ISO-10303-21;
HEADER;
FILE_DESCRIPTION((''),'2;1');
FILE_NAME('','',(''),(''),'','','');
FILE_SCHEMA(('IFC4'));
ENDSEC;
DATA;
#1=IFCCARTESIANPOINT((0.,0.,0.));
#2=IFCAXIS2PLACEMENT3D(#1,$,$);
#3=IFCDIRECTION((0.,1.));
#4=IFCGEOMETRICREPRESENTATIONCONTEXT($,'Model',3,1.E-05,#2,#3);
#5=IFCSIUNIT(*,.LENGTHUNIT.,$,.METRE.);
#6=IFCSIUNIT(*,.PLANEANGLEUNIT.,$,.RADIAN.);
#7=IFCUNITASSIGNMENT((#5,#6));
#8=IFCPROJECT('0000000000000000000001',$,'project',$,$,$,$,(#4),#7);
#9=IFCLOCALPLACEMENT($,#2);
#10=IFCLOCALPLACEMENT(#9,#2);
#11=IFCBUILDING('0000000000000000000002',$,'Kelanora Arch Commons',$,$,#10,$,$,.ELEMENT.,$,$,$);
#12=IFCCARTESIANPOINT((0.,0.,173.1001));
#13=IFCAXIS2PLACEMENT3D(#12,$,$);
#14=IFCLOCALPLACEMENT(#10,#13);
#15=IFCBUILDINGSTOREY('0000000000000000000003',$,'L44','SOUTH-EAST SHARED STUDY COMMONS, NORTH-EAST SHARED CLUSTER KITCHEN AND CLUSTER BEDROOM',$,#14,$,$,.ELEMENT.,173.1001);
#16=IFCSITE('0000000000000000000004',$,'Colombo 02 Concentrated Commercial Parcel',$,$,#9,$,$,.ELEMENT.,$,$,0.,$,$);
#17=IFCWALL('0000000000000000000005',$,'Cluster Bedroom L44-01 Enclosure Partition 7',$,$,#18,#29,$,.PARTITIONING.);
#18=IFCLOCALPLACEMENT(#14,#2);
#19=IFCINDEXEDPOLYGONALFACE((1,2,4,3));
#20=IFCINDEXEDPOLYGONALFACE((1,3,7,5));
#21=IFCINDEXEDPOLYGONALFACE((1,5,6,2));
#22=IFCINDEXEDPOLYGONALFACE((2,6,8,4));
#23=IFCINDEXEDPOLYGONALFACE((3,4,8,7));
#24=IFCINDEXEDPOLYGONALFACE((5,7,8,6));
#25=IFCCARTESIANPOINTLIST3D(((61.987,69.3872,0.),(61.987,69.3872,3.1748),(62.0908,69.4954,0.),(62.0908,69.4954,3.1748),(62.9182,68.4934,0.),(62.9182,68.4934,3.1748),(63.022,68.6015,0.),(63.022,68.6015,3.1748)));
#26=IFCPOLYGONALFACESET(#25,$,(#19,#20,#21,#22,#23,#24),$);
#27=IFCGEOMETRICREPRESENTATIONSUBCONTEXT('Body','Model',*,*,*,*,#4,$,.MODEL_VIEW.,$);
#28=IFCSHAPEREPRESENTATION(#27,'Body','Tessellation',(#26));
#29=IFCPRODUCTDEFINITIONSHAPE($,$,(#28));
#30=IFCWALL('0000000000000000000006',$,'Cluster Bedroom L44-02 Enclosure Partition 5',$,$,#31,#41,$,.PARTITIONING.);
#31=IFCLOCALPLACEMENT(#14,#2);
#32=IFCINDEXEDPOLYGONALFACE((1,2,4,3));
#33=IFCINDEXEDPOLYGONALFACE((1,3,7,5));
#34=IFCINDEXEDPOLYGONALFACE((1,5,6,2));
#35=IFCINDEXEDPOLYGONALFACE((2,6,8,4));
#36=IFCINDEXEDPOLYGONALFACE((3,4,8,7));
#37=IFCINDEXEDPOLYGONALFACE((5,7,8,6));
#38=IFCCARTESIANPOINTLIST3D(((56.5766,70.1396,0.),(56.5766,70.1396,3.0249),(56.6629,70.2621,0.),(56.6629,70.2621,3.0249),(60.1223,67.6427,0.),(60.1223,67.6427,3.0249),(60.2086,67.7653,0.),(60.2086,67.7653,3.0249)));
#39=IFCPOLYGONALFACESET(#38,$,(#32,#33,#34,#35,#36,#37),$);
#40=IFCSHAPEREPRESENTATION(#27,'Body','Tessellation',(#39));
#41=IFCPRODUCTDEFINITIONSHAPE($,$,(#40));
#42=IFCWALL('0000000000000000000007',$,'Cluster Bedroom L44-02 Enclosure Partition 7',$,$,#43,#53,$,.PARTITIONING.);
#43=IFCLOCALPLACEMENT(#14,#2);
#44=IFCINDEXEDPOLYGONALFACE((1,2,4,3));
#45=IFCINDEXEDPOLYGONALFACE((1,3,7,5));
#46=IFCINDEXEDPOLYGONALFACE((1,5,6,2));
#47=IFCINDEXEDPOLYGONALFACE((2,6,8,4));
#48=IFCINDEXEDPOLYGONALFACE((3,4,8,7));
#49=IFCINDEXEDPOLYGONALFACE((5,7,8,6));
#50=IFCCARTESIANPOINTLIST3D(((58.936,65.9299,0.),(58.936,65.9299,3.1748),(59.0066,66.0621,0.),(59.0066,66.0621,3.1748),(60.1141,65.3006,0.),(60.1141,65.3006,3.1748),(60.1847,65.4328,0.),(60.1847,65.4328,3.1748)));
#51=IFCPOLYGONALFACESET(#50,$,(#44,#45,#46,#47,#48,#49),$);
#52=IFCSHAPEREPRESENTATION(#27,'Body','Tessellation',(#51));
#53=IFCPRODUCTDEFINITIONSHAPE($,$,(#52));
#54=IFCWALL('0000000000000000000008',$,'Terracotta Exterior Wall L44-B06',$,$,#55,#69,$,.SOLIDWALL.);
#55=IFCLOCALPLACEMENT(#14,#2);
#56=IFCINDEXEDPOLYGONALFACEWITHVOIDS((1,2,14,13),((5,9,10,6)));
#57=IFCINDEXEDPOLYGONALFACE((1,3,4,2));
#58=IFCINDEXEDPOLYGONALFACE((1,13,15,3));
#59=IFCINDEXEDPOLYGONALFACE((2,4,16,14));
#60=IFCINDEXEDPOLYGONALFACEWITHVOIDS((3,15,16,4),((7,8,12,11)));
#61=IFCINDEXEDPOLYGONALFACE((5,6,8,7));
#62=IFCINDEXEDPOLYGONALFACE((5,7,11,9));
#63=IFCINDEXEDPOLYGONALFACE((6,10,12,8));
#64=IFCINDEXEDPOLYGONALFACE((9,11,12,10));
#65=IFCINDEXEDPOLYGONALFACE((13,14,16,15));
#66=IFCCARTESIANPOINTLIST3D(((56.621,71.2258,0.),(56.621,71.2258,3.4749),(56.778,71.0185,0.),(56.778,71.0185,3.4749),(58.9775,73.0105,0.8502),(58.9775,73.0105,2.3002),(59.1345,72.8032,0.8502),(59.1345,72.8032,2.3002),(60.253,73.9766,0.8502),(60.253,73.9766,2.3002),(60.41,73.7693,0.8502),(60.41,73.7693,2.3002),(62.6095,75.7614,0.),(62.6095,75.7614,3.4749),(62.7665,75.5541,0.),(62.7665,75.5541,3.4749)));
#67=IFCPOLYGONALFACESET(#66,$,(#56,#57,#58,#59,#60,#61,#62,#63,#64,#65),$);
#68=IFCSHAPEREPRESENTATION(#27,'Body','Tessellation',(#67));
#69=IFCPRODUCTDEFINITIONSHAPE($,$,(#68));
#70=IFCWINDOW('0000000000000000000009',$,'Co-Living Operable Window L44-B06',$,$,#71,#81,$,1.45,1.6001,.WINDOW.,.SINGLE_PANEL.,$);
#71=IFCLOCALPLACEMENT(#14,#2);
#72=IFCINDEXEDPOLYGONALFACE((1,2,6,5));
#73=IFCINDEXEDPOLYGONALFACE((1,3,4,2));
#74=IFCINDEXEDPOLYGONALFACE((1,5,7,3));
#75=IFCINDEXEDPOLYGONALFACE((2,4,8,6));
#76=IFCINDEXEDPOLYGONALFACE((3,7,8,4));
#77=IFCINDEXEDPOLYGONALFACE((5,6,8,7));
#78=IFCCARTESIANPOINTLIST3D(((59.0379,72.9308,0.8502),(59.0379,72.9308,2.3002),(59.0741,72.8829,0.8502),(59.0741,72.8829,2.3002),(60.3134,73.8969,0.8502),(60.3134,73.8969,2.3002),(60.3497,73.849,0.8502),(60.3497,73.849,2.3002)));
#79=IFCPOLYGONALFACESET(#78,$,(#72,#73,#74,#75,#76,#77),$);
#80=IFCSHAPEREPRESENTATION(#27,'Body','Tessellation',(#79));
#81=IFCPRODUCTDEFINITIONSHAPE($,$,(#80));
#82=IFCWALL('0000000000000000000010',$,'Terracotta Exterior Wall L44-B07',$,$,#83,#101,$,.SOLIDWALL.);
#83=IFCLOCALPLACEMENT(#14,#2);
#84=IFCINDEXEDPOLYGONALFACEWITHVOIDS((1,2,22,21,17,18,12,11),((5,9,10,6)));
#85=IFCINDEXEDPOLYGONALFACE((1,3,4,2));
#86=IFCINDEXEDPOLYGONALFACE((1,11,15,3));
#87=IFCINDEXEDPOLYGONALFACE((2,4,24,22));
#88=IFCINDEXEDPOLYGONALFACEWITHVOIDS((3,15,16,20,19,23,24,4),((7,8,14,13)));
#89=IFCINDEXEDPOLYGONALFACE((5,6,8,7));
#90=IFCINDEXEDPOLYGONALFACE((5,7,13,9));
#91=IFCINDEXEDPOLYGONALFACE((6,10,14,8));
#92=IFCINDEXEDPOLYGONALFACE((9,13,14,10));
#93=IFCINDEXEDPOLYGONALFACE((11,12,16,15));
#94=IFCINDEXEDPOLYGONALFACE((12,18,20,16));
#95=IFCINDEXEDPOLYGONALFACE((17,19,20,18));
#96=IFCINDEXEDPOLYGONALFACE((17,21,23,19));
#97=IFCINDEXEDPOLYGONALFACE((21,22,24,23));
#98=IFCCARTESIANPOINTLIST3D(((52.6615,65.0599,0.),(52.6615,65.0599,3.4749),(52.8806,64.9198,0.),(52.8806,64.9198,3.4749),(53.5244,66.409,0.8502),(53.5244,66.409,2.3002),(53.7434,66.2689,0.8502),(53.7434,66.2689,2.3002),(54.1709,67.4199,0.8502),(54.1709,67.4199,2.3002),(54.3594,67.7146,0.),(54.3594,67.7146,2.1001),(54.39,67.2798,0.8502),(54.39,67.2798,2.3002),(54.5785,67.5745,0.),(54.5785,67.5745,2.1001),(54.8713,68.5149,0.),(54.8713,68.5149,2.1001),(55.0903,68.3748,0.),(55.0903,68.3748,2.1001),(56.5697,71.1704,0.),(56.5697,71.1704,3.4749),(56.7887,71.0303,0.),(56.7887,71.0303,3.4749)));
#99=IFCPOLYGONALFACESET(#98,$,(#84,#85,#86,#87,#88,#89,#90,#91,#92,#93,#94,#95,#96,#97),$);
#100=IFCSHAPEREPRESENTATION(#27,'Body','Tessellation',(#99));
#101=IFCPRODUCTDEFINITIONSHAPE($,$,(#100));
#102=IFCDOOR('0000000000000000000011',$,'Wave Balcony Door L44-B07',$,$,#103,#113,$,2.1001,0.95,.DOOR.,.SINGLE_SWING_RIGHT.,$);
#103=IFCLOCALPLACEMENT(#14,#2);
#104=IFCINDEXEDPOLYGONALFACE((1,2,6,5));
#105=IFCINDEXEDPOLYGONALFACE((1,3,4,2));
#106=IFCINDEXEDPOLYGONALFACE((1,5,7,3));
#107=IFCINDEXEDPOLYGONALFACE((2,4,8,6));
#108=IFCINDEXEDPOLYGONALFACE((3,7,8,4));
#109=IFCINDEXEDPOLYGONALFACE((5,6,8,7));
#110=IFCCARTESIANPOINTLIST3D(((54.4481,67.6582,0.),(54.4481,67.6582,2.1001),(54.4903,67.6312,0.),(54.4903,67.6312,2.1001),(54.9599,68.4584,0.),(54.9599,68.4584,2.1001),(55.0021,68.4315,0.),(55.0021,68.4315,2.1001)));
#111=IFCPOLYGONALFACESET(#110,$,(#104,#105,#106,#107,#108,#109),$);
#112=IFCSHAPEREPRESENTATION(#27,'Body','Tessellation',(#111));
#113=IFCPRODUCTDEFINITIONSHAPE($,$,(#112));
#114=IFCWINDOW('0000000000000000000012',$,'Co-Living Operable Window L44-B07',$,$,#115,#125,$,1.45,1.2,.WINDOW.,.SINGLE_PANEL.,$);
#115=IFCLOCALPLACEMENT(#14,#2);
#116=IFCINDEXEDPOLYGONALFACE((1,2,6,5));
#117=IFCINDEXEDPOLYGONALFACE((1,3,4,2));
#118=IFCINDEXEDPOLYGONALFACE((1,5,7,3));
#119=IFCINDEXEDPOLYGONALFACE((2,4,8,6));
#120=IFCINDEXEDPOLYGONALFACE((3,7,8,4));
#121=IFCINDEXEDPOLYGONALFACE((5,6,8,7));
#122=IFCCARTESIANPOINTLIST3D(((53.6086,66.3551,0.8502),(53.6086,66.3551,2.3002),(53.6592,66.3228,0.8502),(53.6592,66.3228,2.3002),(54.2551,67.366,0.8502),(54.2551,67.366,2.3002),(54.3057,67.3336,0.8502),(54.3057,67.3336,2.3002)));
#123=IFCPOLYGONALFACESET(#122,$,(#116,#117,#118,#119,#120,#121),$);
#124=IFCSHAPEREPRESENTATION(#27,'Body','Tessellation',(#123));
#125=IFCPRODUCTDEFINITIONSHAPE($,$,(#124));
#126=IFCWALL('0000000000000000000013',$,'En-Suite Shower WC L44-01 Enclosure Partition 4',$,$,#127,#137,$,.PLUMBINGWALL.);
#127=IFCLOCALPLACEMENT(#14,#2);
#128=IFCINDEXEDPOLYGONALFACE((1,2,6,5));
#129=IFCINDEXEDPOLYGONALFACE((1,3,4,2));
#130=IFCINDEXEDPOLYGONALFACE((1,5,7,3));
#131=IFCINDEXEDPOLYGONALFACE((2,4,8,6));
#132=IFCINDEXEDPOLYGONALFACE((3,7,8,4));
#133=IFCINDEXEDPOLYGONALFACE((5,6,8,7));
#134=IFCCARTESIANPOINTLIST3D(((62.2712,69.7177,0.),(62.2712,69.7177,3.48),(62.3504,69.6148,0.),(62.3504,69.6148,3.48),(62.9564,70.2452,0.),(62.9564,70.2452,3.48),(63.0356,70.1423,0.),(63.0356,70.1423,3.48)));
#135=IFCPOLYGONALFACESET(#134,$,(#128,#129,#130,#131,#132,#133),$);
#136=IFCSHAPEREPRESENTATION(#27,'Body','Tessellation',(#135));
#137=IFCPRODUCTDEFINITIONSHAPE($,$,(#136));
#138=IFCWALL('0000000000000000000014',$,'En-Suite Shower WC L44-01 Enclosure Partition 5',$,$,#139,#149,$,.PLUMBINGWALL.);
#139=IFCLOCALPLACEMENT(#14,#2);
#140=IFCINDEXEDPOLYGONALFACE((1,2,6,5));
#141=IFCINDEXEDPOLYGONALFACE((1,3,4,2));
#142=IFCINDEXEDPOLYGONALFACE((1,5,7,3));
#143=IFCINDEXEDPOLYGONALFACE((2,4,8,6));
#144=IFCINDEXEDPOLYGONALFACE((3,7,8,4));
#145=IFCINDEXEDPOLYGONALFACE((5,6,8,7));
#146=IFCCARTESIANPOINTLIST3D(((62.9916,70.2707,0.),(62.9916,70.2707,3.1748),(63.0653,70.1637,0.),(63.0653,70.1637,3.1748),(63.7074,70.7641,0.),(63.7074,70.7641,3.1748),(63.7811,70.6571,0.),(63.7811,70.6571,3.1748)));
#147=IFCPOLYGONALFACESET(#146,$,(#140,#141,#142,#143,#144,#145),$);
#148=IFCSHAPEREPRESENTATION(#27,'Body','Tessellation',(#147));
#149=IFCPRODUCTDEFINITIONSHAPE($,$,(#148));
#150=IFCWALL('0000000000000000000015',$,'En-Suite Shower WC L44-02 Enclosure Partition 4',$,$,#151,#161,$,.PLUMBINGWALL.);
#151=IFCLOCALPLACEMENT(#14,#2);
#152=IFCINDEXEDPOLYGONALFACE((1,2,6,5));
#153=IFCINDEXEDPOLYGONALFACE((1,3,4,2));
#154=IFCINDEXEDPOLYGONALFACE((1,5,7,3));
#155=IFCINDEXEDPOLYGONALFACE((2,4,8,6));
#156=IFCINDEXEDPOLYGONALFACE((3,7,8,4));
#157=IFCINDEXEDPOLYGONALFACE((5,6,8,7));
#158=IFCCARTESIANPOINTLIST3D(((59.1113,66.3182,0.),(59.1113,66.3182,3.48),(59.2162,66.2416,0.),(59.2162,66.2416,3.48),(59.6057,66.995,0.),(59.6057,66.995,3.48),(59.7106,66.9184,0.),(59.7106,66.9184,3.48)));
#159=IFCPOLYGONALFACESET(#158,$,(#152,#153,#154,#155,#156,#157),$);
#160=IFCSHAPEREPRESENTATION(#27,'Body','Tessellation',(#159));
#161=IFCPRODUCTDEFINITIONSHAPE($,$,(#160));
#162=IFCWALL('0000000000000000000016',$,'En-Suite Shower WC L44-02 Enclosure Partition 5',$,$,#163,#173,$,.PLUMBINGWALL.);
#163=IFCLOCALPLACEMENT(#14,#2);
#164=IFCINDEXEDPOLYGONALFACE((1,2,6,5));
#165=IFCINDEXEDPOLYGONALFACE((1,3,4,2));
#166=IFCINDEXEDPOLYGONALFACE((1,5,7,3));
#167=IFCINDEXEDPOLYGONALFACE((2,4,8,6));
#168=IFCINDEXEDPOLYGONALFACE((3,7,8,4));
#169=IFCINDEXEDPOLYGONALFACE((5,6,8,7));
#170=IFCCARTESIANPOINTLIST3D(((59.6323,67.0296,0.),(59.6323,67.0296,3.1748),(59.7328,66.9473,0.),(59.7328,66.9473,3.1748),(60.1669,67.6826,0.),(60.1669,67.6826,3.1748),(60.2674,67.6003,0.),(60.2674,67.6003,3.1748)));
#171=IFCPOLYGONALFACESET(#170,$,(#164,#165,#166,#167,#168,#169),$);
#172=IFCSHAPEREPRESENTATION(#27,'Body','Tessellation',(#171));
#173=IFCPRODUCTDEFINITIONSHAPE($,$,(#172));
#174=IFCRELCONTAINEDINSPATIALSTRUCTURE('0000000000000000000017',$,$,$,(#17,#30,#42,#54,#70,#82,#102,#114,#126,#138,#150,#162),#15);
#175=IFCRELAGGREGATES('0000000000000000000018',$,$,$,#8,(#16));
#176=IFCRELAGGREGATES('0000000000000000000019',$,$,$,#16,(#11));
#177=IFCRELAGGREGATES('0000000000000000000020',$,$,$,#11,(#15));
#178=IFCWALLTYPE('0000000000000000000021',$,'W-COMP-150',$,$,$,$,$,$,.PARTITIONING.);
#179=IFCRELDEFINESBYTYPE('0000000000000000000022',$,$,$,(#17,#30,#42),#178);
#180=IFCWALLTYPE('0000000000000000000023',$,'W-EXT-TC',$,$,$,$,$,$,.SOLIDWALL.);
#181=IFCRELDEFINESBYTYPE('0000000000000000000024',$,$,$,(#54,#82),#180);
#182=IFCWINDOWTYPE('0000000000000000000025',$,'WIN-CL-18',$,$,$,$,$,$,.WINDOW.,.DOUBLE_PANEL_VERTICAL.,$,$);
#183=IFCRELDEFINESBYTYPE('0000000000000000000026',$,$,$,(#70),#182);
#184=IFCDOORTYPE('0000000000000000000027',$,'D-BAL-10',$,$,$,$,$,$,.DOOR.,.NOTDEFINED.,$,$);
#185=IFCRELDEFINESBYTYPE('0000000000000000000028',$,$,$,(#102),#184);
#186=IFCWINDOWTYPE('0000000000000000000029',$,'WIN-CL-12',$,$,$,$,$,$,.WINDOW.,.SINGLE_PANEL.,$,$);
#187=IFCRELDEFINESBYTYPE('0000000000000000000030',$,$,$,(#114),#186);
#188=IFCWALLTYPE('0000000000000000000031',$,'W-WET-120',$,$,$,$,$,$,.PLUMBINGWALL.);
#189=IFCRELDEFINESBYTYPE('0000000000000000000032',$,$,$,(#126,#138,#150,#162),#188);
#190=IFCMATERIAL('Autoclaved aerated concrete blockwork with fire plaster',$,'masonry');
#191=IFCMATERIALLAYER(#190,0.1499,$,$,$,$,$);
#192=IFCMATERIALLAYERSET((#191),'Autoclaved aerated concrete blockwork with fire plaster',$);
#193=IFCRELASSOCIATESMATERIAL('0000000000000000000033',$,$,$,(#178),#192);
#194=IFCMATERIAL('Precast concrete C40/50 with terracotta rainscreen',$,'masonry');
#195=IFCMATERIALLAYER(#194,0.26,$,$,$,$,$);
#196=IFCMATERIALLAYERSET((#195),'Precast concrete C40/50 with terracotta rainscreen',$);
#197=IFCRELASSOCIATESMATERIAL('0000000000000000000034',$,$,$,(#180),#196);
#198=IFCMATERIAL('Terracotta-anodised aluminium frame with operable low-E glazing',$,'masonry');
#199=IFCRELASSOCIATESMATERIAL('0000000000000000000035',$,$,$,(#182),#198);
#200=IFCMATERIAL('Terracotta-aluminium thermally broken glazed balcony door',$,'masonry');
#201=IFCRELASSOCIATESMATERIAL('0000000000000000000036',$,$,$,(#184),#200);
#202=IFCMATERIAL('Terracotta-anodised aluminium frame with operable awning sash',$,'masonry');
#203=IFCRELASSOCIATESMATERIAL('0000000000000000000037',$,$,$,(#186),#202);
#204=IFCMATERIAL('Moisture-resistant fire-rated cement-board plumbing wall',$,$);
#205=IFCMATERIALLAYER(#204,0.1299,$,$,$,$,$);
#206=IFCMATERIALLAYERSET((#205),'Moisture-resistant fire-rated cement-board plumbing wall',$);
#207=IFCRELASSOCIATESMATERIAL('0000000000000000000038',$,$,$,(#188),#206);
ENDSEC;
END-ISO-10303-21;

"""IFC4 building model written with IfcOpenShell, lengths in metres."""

from ifc_helpers import new_model, si_unit, direction, frame, frame_2d, origin, place, context, subcontext, project, spatial, rectangle, extrude, material, layer, layer_set, type_object, element, fill, save


model = new_model("IFC4")

# Units and contexts
model_context = context("Model", 3, precision=1e-05, world=origin(), true_north=direction((0.0, 1.0)))
body_context = subcontext(model_context, "Body", "Model", "MODEL_VIEW")
ifc_project = project(units=[si_unit("LENGTHUNIT", "METRE"), si_unit("PLANEANGLEUNIT", "RADIAN")], contexts=[model_context])

# Site, building, storey
site_placement = place(None, origin())
site = spatial("IfcSite", under=ifc_project, at=site_placement, Name="Colombo 02 Concentrated Commercial Parcel", CompositionType="ELEMENT", RefElevation=0.0)
building_placement = place(site_placement, origin())
building = spatial("IfcBuilding", under=site, at=building_placement, Name="Kelanora Arch Commons", CompositionType="ELEMENT")
storey_placement = place(building_placement, frame((0.0, 0.0, 173.1001)))
storey = spatial("IfcBuildingStorey", under=building, at=storey_placement, Name="L44", Description="SOUTH-EAST SHARED STUDY COMMONS, NORTH-EAST SHARED CLUSTER KITCHEN AND CLUSTER BEDROOM", CompositionType="ELEMENT", Elevation=173.1001)

# Walls
ifc_material_1 = material(Name="Autoclaved aerated concrete blockwork with fire plaster", Category="masonry")
ifc_layer_1 = layer(ifc_material_1, 0.1499)
ifc_layer_set_1 = layer_set([ifc_layer_1], Name="Autoclaved aerated concrete blockwork with fire plaster")
wall_type_1 = type_object("IfcWallType", Name="W-COMP-150", PredefinedType="PARTITIONING", material=ifc_layer_set_1)
wall_1_placement = place(storey_placement, frame((62.0388, 69.4414, 0.0), z_axis=(0.0, 0.0, 1.0), x_axis=(0.721429, -0.692489, 0.0)))
element("IfcWall", 1, at=wall_1_placement, inside=storey, type_object=wall_type_1, Name="Cluster Bedroom L44-01 Enclosure Partition 7", PredefinedType="PARTITIONING", context=body_context, shape_type="SweptSolid", body=[
    extrude(rectangle(XDim=1.2908, YDim=0.1499, at=frame_2d((0.6455, 0.0))), origin(), (0.0, 0.0, 1.0), 3.1748),
])
wall_2_placement = place(storey_placement, frame((56.6196, 70.2009, 0.0), z_axis=(0.0, 0.0, 1.0), x_axis=(0.817618, -0.575761, 0.0)))
element("IfcWall", 2, at=wall_2_placement, inside=storey, type_object=wall_type_1, Name="Cluster Bedroom L44-02 Enclosure Partition 5", PredefinedType="PARTITIONING", context=body_context, shape_type="SweptSolid", body=[
    extrude(rectangle(XDim=4.3367, YDim=0.1499, at=frame_2d((2.1685, 0.0))), origin(), (0.0, 0.0, 1.0), 3.0249),
])
wall_3_placement = place(storey_placement, frame((58.9712, 65.9961, 0.0), z_axis=(0.0, 0.0, 1.0), x_axis=(0.882039, -0.471176, 0.0)))
element("IfcWall", 3, at=wall_3_placement, inside=storey, type_object=wall_type_1, Name="Cluster Bedroom L44-02 Enclosure Partition 7", PredefinedType="PARTITIONING", context=body_context, shape_type="SweptSolid", body=[
    extrude(rectangle(XDim=1.3357, YDim=0.1499, at=frame_2d((0.668, 0.0))), origin(), (0.0, 0.0, 1.0), 3.1748),
])

# Wall, opening, window
ifc_material_2 = material(Name="Precast concrete C40/50 with terracotta rainscreen", Category="masonry")
ifc_layer_2 = layer(ifc_material_2, 0.26)
ifc_layer_set_2 = layer_set([ifc_layer_2], Name="Precast concrete C40/50 with terracotta rainscreen")
wall_type_2 = type_object("IfcWallType", Name="W-EXT-TC", PredefinedType="SOLIDWALL", material=ifc_layer_set_2)
wall_4_placement = place(storey_placement, frame((62.688, 75.6577, 0.0), z_axis=(0.0, 0.0, 1.0), x_axis=(-0.797164, -0.603763, 0.0)))
wall_4 = element("IfcWall", 4, at=wall_4_placement, inside=storey, type_object=wall_type_2, Name="Terracotta Exterior Wall L44-B06", PredefinedType="SOLIDWALL", context=body_context, shape_type="SweptSolid", body=[
    extrude(rectangle(XDim=7.5122, YDim=0.26, at=frame_2d((3.7561, 0.0))), origin(), (0.0, 0.0, 1.0), 3.4749),
])
opening_1_placement = place(wall_4_placement, frame((2.9561, 0.0, 0.8501)))
opening_1 = element("IfcOpeningElement", 5, at=opening_1_placement, cuts=wall_4, PredefinedType="OPENING", context=body_context, shape_type="SweptSolid", body=[
    extrude(rectangle(XDim=1.6001, YDim=1.45, at=frame_2d((0.8, 0.7251))), frame((0.0, 0.1401, 0.0), z_axis=(0.0, -1.0, 0.0), x_axis=(1.0, 0.0, 0.0)), (0.0, 0.0, 1.0), 0.28),
])
ifc_material_3 = material(Name="Terracotta-anodised aluminium frame with operable low-E glazing", Category="masonry")
window_type_1 = type_object("IfcWindowType", Name="WIN-CL-18", PartitioningType="DOUBLE_PANEL_VERTICAL", PredefinedType="WINDOW", material=ifc_material_3)
window_1_placement = place(opening_1_placement, origin())
window_1 = element("IfcWindow", 6, at=window_1_placement, inside=storey, type_object=window_type_1, Name="Co-Living Operable Window L44-B06", OverallHeight=1.45, OverallWidth=1.6001, PartitioningType="SINGLE_PANEL", PredefinedType="WINDOW", context=body_context, shape_type="SweptSolid", body=[
    extrude(rectangle(XDim=1.6001, YDim=1.45, at=frame_2d((0.8, 0.7251))), frame((0.0, 0.03, 0.0), z_axis=(0.0, -1.0, 0.0), x_axis=(1.0, 0.0, 0.0)), (0.0, 0.0, 1.0), 0.0601),
])
fill(opening_1, window_1)

# Wall, openings, door, window
wall_5_placement = place(storey_placement, frame((56.6792, 71.1003, 0.0), z_axis=(0.0, 0.0, 1.0), x_axis=(-0.538802, -0.842433, 0.0)))
wall_5 = element("IfcWall", 7, at=wall_5_placement, inside=storey, type_object=wall_type_2, Name="Terracotta Exterior Wall L44-B07", PredefinedType="SOLIDWALL", context=body_context, shape_type="SweptSolid", body=[
    extrude(rectangle(XDim=7.2534, YDim=0.26, at=frame_2d((3.6267, 0.0))), origin(), (0.0, 0.0, 1.0), 3.4749),
])
opening_2_placement = place(wall_5_placement, frame((3.1521, 0.0, 0.0)))
opening_2 = element("IfcOpeningElement", 8, at=opening_2_placement, cuts=wall_5, PredefinedType="OPENING", context=body_context, shape_type="SweptSolid", body=[
    extrude(rectangle(XDim=0.95, YDim=2.1001, at=frame_2d((0.4751, 1.05))), frame((0.0, 0.1401, 0.0), z_axis=(0.0, -1.0, 0.0), x_axis=(1.0, 0.0, 0.0)), (0.0, 0.0, 1.0), 0.28),
])
opening_3_placement = place(wall_5_placement, frame((4.4519, 0.0, 0.8501)))
opening_3 = element("IfcOpeningElement", 9, at=opening_3_placement, cuts=wall_5, PredefinedType="OPENING", context=body_context, shape_type="SweptSolid", body=[
    extrude(rectangle(XDim=1.2, YDim=1.45, at=frame_2d((0.6001, 0.7251))), frame((0.0, 0.1401, 0.0), z_axis=(0.0, -1.0, 0.0), x_axis=(1.0, 0.0, 0.0)), (0.0, 0.0, 1.0), 0.28),
])
ifc_material_4 = material(Name="Terracotta-aluminium thermally broken glazed balcony door", Category="masonry")
door_type = type_object("IfcDoorType", Name="D-BAL-10", OperationType="NOTDEFINED", PredefinedType="DOOR", material=ifc_material_4)
door_placement = place(opening_2_placement, frame((0.95, 0.0, 0.0), z_axis=(0.0, 0.0, 1.0), x_axis=(-1.0, 0.0, 0.0)))
door = element("IfcDoor", 10, at=door_placement, inside=storey, type_object=door_type, Name="Wave Balcony Door L44-B07", OperationType="SINGLE_SWING_RIGHT", OverallHeight=2.1001, OverallWidth=0.95, PredefinedType="DOOR", context=body_context, shape_type="SweptSolid", body=[
    extrude(rectangle(XDim=0.95, YDim=2.1001, at=frame_2d((0.4751, 1.05))), frame((0.0, 0.0249, 0.0), z_axis=(0.0, -1.0, 0.0), x_axis=(1.0, 0.0, 0.0)), (0.0, 0.0, 1.0), 0.05),
])
fill(opening_2, door)
ifc_material_5 = material(Name="Terracotta-anodised aluminium frame with operable awning sash", Category="masonry")
window_type_2 = type_object("IfcWindowType", Name="WIN-CL-12", PartitioningType="SINGLE_PANEL", PredefinedType="WINDOW", material=ifc_material_5)
window_2_placement = place(opening_3_placement, origin())
window_2 = element("IfcWindow", 11, at=window_2_placement, inside=storey, type_object=window_type_2, Name="Co-Living Operable Window L44-B07", OverallHeight=1.45, OverallWidth=1.2, PartitioningType="SINGLE_PANEL", PredefinedType="WINDOW", context=body_context, shape_type="SweptSolid", body=[
    extrude(rectangle(XDim=1.2, YDim=1.45, at=frame_2d((0.6001, 0.7251))), frame((0.0, 0.03, 0.0), z_axis=(0.0, -1.0, 0.0), x_axis=(1.0, 0.0, 0.0)), (0.0, 0.0, 1.0), 0.0601),
])
fill(opening_3, window_2)

# Walls
ifc_material_6 = material(Name="Moisture-resistant fire-rated cement-board plumbing wall")
ifc_layer_3 = layer(ifc_material_6, 0.1299)
ifc_layer_set_3 = layer_set([ifc_layer_3], Name="Moisture-resistant fire-rated cement-board plumbing wall")
wall_type_3 = type_object("IfcWallType", Name="W-WET-120", PredefinedType="PLUMBINGWALL", material=ifc_layer_set_3)
wall_6_placement = place(storey_placement, frame((62.3108, 69.6663, 0.0), z_axis=(0.0, 0.0, 1.0), x_axis=(0.792383, 0.610024, 0.0)))
element("IfcWall", 12, at=wall_6_placement, inside=storey, type_object=wall_type_3, Name="En-Suite Shower WC L44-01 Enclosure Partition 4", PredefinedType="PLUMBINGWALL", context=body_context, shape_type="SweptSolid", body=[
    extrude(rectangle(XDim=0.8647, YDim=0.1299, at=frame_2d((0.4324, 0.0))), origin(), (0.0, 0.0, 1.0), 3.48),
])
wall_7_placement = place(storey_placement, frame((63.0286, 70.2173, 0.0), z_axis=(0.0, 0.0, 1.0), x_axis=(0.823353, 0.56753, 0.0)))
element("IfcWall", 13, at=wall_7_placement, inside=storey, type_object=wall_type_3, Name="En-Suite Shower WC L44-01 Enclosure Partition 5", PredefinedType="PLUMBINGWALL", context=body_context, shape_type="SweptSolid", body=[
    extrude(rectangle(XDim=0.8694, YDim=0.1299, at=frame_2d((0.4346, 0.0))), origin(), (0.0, 0.0, 1.0), 3.1748),
])
wall_8_placement = place(storey_placement, frame((59.1638, 66.28, 0.0), z_axis=(0.0, 0.0, 1.0), x_axis=(0.589885, 0.807487, 0.0)))
element("IfcWall", 14, at=wall_8_placement, inside=storey, type_object=wall_type_3, Name="En-Suite Shower WC L44-02 Enclosure Partition 4", PredefinedType="PLUMBINGWALL", context=body_context, shape_type="SweptSolid", body=[
    extrude(rectangle(XDim=0.8381, YDim=0.1299, at=frame_2d((0.4189, 0.0))), origin(), (0.0, 0.0, 1.0), 3.48),
])
wall_9_placement = place(storey_placement, frame((59.6826, 66.9885, 0.0), z_axis=(0.0, 0.0, 1.0), x_axis=(0.633474, 0.773764, 0.0)))
element("IfcWall", 15, at=wall_9_placement, inside=storey, type_object=wall_type_3, Name="En-Suite Shower WC L44-02 Enclosure Partition 5", PredefinedType="PLUMBINGWALL", context=body_context, shape_type="SweptSolid", body=[
    extrude(rectangle(XDim=0.844, YDim=0.1299, at=frame_2d((0.4219, 0.0))), origin(), (0.0, 0.0, 1.0), 3.1748),
])

save(model, "model.ifc")
